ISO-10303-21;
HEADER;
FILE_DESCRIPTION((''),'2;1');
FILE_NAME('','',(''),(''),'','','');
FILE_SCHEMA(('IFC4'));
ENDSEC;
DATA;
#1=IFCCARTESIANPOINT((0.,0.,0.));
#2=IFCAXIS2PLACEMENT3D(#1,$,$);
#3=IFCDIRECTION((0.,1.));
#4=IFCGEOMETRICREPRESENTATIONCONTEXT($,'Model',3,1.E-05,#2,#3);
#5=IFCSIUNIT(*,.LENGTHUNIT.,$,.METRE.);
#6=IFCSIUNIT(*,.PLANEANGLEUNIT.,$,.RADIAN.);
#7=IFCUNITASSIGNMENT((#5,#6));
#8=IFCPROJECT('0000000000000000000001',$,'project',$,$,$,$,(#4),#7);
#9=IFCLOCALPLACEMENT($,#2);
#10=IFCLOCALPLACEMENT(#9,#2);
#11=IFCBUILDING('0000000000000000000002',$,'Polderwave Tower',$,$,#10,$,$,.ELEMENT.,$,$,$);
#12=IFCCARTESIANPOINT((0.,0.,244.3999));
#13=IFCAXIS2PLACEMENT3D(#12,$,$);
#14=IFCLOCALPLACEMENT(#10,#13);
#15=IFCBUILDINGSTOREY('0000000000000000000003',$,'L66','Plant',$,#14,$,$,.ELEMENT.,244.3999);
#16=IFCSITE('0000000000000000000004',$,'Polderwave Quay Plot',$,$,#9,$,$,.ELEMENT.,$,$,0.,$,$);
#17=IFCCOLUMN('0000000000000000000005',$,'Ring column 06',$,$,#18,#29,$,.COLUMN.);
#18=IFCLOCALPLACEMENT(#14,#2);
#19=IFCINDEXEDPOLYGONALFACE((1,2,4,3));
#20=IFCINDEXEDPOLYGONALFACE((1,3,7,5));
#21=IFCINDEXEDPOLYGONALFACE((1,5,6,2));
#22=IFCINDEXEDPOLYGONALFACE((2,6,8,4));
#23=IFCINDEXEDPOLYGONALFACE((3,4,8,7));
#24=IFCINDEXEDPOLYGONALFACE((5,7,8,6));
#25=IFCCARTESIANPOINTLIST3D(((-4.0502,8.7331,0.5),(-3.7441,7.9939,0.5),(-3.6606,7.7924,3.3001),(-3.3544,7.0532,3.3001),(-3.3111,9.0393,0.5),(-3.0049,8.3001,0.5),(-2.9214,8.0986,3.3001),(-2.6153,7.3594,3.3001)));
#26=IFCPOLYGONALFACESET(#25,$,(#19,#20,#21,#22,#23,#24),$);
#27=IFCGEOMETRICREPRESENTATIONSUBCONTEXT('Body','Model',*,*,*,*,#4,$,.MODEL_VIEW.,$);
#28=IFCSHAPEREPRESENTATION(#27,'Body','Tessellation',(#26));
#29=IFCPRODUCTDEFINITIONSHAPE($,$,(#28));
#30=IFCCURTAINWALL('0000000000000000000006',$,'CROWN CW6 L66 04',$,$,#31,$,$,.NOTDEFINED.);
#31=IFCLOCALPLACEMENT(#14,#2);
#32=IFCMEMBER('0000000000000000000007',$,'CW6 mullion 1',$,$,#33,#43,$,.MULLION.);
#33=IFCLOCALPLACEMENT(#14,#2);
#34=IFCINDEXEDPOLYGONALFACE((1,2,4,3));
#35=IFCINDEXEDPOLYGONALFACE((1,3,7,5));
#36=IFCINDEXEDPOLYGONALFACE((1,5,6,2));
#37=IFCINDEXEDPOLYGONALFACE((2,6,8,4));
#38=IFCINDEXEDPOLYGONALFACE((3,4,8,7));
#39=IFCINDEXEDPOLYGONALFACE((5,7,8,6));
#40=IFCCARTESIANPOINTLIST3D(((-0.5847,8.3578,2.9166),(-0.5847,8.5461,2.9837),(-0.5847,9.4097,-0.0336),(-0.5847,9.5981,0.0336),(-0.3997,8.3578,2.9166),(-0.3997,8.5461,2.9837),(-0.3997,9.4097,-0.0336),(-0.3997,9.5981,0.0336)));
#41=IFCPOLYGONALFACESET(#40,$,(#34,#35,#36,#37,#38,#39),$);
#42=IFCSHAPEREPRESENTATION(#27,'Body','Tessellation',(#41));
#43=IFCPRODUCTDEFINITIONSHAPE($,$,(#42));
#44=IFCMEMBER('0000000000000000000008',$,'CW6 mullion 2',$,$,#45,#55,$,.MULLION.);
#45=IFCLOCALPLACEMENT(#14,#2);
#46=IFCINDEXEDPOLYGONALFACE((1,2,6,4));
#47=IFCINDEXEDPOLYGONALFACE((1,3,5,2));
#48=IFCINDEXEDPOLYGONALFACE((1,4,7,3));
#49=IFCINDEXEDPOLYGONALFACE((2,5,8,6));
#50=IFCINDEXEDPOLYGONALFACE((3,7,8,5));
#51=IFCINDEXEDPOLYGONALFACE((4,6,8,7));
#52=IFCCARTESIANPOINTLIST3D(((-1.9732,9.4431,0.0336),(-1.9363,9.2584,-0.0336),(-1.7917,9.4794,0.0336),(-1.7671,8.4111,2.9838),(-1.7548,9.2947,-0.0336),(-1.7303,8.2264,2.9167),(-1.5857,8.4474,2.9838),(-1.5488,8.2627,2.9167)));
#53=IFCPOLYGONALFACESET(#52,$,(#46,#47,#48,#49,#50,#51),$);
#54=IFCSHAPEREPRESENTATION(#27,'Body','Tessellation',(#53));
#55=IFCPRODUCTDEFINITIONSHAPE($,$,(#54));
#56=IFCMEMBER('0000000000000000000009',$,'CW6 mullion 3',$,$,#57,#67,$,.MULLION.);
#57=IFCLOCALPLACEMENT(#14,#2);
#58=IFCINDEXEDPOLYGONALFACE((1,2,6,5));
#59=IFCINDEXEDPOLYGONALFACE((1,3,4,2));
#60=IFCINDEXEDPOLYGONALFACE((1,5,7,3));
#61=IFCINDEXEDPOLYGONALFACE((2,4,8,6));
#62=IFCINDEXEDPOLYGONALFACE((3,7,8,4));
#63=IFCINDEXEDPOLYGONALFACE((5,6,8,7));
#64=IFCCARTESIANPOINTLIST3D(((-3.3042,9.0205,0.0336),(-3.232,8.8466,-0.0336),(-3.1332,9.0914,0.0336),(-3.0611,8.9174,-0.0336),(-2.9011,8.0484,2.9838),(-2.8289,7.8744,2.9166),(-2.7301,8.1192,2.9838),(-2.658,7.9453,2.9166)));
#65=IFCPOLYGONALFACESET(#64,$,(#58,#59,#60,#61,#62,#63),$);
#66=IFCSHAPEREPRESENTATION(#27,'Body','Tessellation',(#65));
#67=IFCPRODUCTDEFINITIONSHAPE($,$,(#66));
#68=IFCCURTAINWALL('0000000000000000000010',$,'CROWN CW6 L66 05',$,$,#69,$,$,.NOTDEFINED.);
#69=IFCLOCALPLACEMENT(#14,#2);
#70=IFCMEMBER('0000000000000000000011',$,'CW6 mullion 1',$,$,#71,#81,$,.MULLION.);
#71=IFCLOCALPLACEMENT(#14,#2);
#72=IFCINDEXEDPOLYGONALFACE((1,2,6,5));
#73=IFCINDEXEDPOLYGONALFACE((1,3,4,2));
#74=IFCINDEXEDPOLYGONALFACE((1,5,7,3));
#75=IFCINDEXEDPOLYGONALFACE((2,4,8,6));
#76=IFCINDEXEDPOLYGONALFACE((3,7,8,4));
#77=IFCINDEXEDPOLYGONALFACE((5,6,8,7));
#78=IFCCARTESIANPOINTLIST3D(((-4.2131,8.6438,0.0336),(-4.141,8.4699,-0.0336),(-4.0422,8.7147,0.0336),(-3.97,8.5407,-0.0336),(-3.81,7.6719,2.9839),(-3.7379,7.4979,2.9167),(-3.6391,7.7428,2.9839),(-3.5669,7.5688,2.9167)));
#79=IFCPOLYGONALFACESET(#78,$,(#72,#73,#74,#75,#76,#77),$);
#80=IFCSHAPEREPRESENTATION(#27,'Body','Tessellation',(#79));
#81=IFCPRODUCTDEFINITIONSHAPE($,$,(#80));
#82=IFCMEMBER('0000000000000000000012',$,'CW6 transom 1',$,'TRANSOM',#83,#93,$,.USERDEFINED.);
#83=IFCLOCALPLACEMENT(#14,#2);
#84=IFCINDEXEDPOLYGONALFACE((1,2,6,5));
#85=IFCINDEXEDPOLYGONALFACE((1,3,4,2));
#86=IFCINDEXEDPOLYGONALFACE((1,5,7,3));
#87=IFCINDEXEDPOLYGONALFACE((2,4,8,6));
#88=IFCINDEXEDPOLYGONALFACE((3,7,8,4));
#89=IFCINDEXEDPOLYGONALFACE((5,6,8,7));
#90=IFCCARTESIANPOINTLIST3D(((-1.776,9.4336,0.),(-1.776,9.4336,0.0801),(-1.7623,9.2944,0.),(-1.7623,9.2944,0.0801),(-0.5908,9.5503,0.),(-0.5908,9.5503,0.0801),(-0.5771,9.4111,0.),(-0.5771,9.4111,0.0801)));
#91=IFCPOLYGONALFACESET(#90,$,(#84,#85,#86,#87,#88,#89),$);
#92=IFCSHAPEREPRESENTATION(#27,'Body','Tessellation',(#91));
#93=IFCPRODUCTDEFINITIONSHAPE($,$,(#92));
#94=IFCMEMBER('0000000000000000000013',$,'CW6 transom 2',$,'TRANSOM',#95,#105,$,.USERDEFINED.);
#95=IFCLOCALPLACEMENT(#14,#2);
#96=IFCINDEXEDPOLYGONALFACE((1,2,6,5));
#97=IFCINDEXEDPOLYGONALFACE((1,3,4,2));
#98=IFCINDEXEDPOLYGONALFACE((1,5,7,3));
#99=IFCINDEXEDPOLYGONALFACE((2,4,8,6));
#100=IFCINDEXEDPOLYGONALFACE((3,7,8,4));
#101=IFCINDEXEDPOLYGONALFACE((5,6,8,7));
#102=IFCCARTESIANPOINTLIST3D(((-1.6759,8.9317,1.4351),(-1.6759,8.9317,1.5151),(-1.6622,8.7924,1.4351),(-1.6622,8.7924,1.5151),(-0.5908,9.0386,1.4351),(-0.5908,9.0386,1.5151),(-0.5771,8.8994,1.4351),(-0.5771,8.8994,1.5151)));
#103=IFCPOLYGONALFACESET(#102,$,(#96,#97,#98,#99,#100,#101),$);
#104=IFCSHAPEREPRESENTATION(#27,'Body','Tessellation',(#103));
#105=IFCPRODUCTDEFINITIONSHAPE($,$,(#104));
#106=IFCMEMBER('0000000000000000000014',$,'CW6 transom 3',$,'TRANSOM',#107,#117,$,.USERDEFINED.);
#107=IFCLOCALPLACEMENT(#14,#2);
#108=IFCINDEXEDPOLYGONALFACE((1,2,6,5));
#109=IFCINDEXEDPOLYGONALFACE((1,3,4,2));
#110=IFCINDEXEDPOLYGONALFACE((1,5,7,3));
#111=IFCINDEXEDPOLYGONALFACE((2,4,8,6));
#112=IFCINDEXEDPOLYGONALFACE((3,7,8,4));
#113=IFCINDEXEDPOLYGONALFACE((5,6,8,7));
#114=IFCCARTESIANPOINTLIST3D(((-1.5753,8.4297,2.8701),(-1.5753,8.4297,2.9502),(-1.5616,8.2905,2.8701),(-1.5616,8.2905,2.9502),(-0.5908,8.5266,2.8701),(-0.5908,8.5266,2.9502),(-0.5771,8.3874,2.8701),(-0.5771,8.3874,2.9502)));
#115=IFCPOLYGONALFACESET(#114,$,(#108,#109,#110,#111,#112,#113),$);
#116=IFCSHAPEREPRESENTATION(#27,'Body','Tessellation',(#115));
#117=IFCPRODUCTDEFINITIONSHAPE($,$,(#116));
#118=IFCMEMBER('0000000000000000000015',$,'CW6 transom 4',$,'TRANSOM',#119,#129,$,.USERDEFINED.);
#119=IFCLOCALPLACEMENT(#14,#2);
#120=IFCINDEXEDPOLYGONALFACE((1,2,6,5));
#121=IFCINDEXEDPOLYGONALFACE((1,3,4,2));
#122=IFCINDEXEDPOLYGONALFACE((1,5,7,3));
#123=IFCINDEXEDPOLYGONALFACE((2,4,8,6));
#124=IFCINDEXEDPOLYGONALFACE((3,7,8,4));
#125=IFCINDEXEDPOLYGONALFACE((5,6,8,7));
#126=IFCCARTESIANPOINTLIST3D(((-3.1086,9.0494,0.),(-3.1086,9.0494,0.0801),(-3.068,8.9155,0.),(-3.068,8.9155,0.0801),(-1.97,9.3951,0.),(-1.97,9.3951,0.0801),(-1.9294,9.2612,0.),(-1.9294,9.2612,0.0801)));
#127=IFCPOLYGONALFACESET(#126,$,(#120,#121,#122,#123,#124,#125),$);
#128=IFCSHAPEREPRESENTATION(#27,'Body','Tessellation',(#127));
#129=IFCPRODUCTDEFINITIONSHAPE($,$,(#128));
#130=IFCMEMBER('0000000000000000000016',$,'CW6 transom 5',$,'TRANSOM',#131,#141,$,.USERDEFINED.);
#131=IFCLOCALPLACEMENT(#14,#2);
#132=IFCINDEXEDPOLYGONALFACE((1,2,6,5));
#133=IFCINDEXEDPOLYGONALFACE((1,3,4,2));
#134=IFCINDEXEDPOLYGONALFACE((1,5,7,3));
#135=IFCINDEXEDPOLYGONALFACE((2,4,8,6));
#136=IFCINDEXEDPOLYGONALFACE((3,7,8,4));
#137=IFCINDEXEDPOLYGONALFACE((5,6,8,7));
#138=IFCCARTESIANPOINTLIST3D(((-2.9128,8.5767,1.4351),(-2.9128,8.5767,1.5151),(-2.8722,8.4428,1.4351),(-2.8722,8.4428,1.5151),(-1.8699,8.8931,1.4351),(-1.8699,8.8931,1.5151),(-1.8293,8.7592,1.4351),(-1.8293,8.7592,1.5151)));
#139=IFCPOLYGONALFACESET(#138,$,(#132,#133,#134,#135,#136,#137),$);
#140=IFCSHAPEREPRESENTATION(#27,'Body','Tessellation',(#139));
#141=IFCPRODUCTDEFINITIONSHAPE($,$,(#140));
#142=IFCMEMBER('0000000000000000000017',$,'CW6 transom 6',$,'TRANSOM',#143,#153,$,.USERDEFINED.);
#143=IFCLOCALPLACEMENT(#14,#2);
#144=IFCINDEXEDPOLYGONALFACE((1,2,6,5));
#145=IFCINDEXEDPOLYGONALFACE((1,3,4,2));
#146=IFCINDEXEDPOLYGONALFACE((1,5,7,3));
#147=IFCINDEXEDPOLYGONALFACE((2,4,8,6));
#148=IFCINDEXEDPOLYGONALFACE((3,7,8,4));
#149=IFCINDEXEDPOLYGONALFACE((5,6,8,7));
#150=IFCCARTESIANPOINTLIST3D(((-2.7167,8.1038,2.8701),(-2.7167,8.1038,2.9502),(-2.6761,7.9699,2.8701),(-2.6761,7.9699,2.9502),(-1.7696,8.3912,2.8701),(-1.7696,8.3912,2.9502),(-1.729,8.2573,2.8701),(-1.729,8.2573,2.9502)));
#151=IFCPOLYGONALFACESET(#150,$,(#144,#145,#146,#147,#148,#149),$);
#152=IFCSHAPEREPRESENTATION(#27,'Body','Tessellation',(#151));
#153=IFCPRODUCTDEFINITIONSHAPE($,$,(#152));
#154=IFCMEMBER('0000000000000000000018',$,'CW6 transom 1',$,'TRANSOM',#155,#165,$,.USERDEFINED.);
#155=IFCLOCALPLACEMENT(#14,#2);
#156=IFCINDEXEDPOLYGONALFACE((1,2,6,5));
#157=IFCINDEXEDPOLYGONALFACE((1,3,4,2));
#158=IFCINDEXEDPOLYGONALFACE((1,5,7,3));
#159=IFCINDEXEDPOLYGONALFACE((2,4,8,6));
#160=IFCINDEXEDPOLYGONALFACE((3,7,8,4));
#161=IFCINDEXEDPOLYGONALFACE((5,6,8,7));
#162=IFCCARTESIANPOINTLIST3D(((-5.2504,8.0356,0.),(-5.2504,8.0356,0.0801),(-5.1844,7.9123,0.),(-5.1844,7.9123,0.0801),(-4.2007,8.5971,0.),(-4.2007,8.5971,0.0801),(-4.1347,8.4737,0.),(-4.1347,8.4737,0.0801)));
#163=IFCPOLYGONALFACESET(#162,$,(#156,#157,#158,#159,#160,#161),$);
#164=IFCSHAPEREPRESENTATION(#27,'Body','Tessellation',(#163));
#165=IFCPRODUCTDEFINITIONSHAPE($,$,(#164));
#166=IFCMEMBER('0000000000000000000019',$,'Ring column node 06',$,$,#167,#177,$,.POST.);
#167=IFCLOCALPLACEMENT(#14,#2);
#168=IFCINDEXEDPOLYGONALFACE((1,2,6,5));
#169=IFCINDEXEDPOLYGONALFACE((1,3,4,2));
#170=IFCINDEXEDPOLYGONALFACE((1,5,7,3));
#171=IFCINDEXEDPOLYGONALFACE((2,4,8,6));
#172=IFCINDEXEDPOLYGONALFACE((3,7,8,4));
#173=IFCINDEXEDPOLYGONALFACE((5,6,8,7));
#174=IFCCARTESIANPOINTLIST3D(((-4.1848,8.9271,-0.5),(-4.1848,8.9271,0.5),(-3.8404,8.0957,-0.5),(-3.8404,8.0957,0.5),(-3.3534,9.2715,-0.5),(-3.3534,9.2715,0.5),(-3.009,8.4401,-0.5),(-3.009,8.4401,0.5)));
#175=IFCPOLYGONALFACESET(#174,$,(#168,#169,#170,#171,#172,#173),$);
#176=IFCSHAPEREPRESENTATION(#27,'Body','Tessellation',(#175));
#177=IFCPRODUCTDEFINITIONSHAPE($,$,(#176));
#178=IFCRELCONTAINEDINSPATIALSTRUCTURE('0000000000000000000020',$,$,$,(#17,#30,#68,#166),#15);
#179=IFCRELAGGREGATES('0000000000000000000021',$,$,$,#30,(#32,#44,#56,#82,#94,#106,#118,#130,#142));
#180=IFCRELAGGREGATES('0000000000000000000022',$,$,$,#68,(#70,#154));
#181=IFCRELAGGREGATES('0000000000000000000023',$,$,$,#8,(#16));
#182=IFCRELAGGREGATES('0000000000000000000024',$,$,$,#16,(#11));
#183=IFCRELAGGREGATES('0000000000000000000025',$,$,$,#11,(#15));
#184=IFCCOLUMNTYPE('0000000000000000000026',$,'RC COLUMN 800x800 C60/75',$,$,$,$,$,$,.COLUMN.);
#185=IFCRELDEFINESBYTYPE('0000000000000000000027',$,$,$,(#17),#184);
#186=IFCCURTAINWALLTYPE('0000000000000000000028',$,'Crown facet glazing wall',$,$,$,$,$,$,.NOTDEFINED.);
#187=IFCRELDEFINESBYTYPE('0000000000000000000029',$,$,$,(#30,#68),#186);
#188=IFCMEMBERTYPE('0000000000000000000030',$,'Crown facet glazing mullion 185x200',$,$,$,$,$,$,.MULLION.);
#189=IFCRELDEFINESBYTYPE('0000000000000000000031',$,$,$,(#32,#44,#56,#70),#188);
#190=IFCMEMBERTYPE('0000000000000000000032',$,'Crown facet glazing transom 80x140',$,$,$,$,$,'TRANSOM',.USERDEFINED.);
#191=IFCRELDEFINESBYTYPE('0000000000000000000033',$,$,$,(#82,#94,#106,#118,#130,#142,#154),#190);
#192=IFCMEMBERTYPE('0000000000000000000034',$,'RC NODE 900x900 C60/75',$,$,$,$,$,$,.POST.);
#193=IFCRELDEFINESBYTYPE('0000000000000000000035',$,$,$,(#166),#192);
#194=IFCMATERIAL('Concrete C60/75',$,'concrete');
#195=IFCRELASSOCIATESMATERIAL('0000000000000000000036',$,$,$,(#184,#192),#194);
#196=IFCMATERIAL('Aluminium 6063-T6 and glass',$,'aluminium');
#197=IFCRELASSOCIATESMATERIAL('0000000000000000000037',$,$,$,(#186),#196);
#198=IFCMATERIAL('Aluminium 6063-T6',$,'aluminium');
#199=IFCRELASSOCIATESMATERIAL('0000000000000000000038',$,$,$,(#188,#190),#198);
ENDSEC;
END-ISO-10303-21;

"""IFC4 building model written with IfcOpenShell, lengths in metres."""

from ifc_helpers import new_model, si_unit, direction, frame, origin, origin_2d, place, context, subcontext, project, spatial, rectangle, extrude, material, material_profile, profile_set, type_object, element, aggregate, save


model = new_model("IFC4")

# Units and contexts
model_context = context("Model", 3, precision=1e-05, world=origin(), true_north=direction((0.0, 1.0)))
body_context = subcontext(model_context, "Body", "Model", "MODEL_VIEW")
ifc_project = project(units=[si_unit("LENGTHUNIT", "METRE"), si_unit("PLANEANGLEUNIT", "RADIAN")], contexts=[model_context])

# Site, building, storey
site_placement = place(None, origin())
site = spatial("IfcSite", under=ifc_project, at=site_placement, Name="Polderwave Quay Plot", CompositionType="ELEMENT", RefElevation=0.0)
building_placement = place(site_placement, origin())
building = spatial("IfcBuilding", under=site, at=building_placement, Name="Polderwave Tower", CompositionType="ELEMENT")
storey_placement = place(building_placement, frame((0.0, 0.0, 244.3999)))
storey = spatial("IfcBuildingStorey", under=building, at=storey_placement, Name="L66", Description="Plant", CompositionType="ELEMENT", Elevation=244.3999)

# Column
ifc_material_1 = material(Name="Concrete C60/75", Category="concrete")
ifc_material_profile_1 = material_profile(ifc_material_1, rectangle(XDim=0.8, YDim=0.8, at=origin_2d()), Name="RC 800x800")
ifc_profile_set_1 = profile_set([ifc_material_profile_1], Name="Concrete C60/75")
column_type = type_object("IfcColumnType", Name="RC COLUMN 800x800 C60/75", PredefinedType="COLUMN", material=ifc_profile_set_1)
column_placement = place(storey_placement, frame((-3.5276, 8.5166, 0.5), z_axis=(0.0, 0.0, 1.0), x_axis=(0.923877, 0.382691, 0.0)))
element("IfcColumn", 1, at=column_placement, inside=storey, type_object=column_type, Name="Ring column 06", PredefinedType="COLUMN", context=body_context, shape_type="SweptSolid", body=[
    extrude(rectangle(XDim=0.8, YDim=0.8, at=origin_2d()), origin(), (0.0, -0.341738, 0.939795), 2.9795),
])

# Curtain wall, members
ifc_material_2 = material(Name="Aluminium 6063-T6 and glass", Category="aluminium")
curtain_wall_type = type_object("IfcCurtainWallType", Name="Crown facet glazing wall", PredefinedType="NOTDEFINED", material=ifc_material_2)
curtain_wall_1_placement = place(storey_placement, origin())
curtain_wall_1 = element("IfcCurtainWall", 2, at=curtain_wall_1_placement, inside=storey, type_object=curtain_wall_type, Name="CROWN CW6 L66 04", PredefinedType="NOTDEFINED")
ifc_material_3 = material(Name="Aluminium 6063-T6", Category="aluminium")
ifc_material_profile_2 = material_profile(ifc_material_3, rectangle(XDim=0.1851, YDim=0.2, at=origin_2d()), Name="AL 185x200")
ifc_profile_set_2 = profile_set([ifc_material_profile_2], Name="Aluminium 6063-T6")
member_type_1 = type_object("IfcMemberType", Name="Crown facet glazing mullion 185x200", PredefinedType="MULLION", material=ifc_profile_set_2)
member_1_placement = place(storey_placement, frame((-0.4922, 9.5039, 0.0), z_axis=(0.0, -0.335872, 0.941908), x_axis=(1.0, 0.0, 0.0)))
member_1 = element("IfcMember", 3, at=member_1_placement, type_object=member_type_1, Name="CW6 mullion 1", PredefinedType="MULLION", context=body_context, shape_type="SweptSolid", body=[
    extrude(rectangle(XDim=0.1851, YDim=0.2, at=origin_2d()), origin(), (0.0, 0.0, 1.0), 3.1321),
])
member_2_placement = place(storey_placement, frame((-1.864, 9.3689, 0.0), z_axis=(0.065785, -0.329468, 0.941872), x_axis=(0.980643, 0.195804, 0.0)))
member_2 = element("IfcMember", 4, at=member_2_placement, type_object=member_type_1, Name="CW6 mullion 2", PredefinedType="MULLION", context=body_context, shape_type="SweptSolid", body=[
    extrude(rectangle(XDim=0.1851, YDim=0.2, at=origin_2d()), origin(), (0.0, 0.0, 1.0), 3.1323),
])
member_3_placement = place(storey_placement, frame((-3.1826, 8.969, 0.0), z_axis=(0.128684, -0.31037, 0.941866), x_axis=(0.923748, 0.383001, 0.0)))
member_3 = element("IfcMember", 5, at=member_3_placement, type_object=member_type_1, Name="CW6 mullion 3", PredefinedType="MULLION", context=body_context, shape_type="SweptSolid", body=[
    extrude(rectangle(XDim=0.1851, YDim=0.2, at=origin_2d()), origin(), (0.0, 0.0, 1.0), 3.1323),
])

# Curtain wall, member
curtain_wall_2_placement = place(storey_placement, origin())
curtain_wall_2 = element("IfcCurtainWall", 6, at=curtain_wall_2_placement, inside=storey, type_object=curtain_wall_type, Name="CROWN CW6 L66 05", PredefinedType="NOTDEFINED")
member_4_placement = place(storey_placement, frame((-4.0916, 8.5923, 0.0), z_axis=(0.128687, -0.310299, 0.941888), x_axis=(0.923714, 0.383083, 0.0)))
member_4 = element("IfcMember", 7, at=member_4_placement, type_object=member_type_1, Name="CW6 mullion 1", PredefinedType="MULLION", context=body_context, shape_type="SweptSolid", body=[
    extrude(rectangle(XDim=0.1851, YDim=0.2, at=origin_2d()), origin(), (0.0, 0.0, 1.0), 3.1323),
])

# Members
ifc_material_profile_3 = material_profile(ifc_material_3, rectangle(XDim=0.1399, YDim=0.0801, at=origin_2d()), Name="AL 80x140")
ifc_profile_set_3 = profile_set([ifc_material_profile_3], Name="Aluminium 6063-T6")
member_type_2 = type_object("IfcMemberType", Name="Crown facet glazing transom 80x140", ElementType="TRANSOM", PredefinedType="USERDEFINED", material=ifc_profile_set_3)
member_5_placement = place(storey_placement, frame((-0.584, 9.4807, 0.04), z_axis=(-0.995188, -0.097981, 0.0), x_axis=(0.097981, -0.995188, 0.0)))
member_5 = element("IfcMember", 8, at=member_5_placement, type_object=member_type_2, Name="CW6 transom 1", ObjectType="TRANSOM", PredefinedType="USERDEFINED", context=body_context, shape_type="SweptSolid", body=[
    extrude(rectangle(XDim=0.1399, YDim=0.0801, at=origin_2d()), origin(), (0.0, 0.0, 1.0), 1.1909),
])
member_6_placement = place(storey_placement, frame((-0.584, 8.969, 1.4751), z_axis=(-0.995178, -0.098085, 0.0), x_axis=(0.098085, -0.995178, 0.0)))
member_6 = element("IfcMember", 9, at=member_6_placement, type_object=member_type_2, Name="CW6 transom 2", ObjectType="TRANSOM", PredefinedType="USERDEFINED", context=body_context, shape_type="SweptSolid", body=[
    extrude(rectangle(XDim=0.1399, YDim=0.0801, at=origin_2d()), origin(), (0.0, 0.0, 1.0), 1.0903),
])
member_7_placement = place(storey_placement, frame((-0.584, 8.457, 2.9102), z_axis=(-0.99519, -0.097964, 0.0), x_axis=(0.097964, -0.99519, 0.0)))
member_7 = element("IfcMember", 10, at=member_7_placement, type_object=member_type_2, Name="CW6 transom 3", ObjectType="TRANSOM", PredefinedType="USERDEFINED", context=body_context, shape_type="SweptSolid", body=[
    extrude(rectangle(XDim=0.1399, YDim=0.0801, at=origin_2d()), origin(), (0.0, 0.0, 1.0), 0.9893),
])
member_8_placement = place(storey_placement, frame((-1.9497, 9.3281, 0.04), z_axis=(-0.956872, -0.290508, 0.0), x_axis=(0.290508, -0.956872, 0.0)))
member_8 = element("IfcMember", 11, at=member_8_placement, type_object=member_type_2, Name="CW6 transom 4", ObjectType="TRANSOM", PredefinedType="USERDEFINED", context=body_context, shape_type="SweptSolid", body=[
    extrude(rectangle(XDim=0.1399, YDim=0.0801, at=origin_2d()), origin(), (0.0, 0.0, 1.0), 1.1899),
])
member_9_placement = place(storey_placement, frame((-1.8496, 8.8262, 1.4751), z_axis=(-0.956934, -0.290306, 0.0), x_axis=(0.290306, -0.956934, 0.0)))
member_9 = element("IfcMember", 12, at=member_9_placement, type_object=member_type_2, Name="CW6 transom 5", ObjectType="TRANSOM", PredefinedType="USERDEFINED", context=body_context, shape_type="SweptSolid", body=[
    extrude(rectangle(XDim=0.1399, YDim=0.0801, at=origin_2d()), origin(), (0.0, 0.0, 1.0), 1.0898),
])
member_10_placement = place(storey_placement, frame((-1.7493, 8.3242, 2.9102), z_axis=(-0.956919, -0.290357, 0.0), x_axis=(0.290357, -0.956919, 0.0)))
member_10 = element("IfcMember", 13, at=member_10_placement, type_object=member_type_2, Name="CW6 transom 6", ObjectType="TRANSOM", PredefinedType="USERDEFINED", context=body_context, shape_type="SweptSolid", body=[
    extrude(rectangle(XDim=0.1399, YDim=0.0801, at=origin_2d()), origin(), (0.0, 0.0, 1.0), 0.9897),
])
member_11_placement = place(storey_placement, frame((-4.1677, 8.5354, 0.04), z_axis=(-0.881785, -0.471652, 0.0), x_axis=(0.471652, -0.881785, 0.0)))
member_11 = element("IfcMember", 14, at=member_11_placement, type_object=member_type_2, Name="CW6 transom 1", ObjectType="TRANSOM", PredefinedType="USERDEFINED", context=body_context, shape_type="SweptSolid", body=[
    extrude(rectangle(XDim=0.1399, YDim=0.0801, at=origin_2d()), origin(), (0.0, 0.0, 1.0), 1.1904),
])
ifc_material_profile_4 = material_profile(ifc_material_1, rectangle(XDim=0.8999, YDim=0.8999, at=origin_2d()), Name="RC 900x900")
ifc_profile_set_4 = profile_set([ifc_material_profile_4], Name="Concrete C60/75")
member_type_3 = type_object("IfcMemberType", Name="RC NODE 900x900 C60/75", PredefinedType="POST", material=ifc_profile_set_4)
member_12_placement = place(storey_placement, frame((-3.5969, 8.6836, -0.5), z_axis=(0.0, 0.0, 1.0), x_axis=(-0.382683, 0.92388, 0.0)))
element("IfcMember", 15, at=member_12_placement, inside=storey, type_object=member_type_3, Name="Ring column node 06", PredefinedType="POST", context=body_context, shape_type="SweptSolid", body=[
    extrude(rectangle(XDim=0.8999, YDim=0.8999, at=origin_2d()), origin(), (0.0, 0.0, 1.0), 1.0),
])

aggregate(curtain_wall_1, [member_1, member_2, member_3, member_5, member_6, member_7, member_8, member_9, member_10])
aggregate(curtain_wall_2, [member_4, member_11])

save(model, "model.ifc")
